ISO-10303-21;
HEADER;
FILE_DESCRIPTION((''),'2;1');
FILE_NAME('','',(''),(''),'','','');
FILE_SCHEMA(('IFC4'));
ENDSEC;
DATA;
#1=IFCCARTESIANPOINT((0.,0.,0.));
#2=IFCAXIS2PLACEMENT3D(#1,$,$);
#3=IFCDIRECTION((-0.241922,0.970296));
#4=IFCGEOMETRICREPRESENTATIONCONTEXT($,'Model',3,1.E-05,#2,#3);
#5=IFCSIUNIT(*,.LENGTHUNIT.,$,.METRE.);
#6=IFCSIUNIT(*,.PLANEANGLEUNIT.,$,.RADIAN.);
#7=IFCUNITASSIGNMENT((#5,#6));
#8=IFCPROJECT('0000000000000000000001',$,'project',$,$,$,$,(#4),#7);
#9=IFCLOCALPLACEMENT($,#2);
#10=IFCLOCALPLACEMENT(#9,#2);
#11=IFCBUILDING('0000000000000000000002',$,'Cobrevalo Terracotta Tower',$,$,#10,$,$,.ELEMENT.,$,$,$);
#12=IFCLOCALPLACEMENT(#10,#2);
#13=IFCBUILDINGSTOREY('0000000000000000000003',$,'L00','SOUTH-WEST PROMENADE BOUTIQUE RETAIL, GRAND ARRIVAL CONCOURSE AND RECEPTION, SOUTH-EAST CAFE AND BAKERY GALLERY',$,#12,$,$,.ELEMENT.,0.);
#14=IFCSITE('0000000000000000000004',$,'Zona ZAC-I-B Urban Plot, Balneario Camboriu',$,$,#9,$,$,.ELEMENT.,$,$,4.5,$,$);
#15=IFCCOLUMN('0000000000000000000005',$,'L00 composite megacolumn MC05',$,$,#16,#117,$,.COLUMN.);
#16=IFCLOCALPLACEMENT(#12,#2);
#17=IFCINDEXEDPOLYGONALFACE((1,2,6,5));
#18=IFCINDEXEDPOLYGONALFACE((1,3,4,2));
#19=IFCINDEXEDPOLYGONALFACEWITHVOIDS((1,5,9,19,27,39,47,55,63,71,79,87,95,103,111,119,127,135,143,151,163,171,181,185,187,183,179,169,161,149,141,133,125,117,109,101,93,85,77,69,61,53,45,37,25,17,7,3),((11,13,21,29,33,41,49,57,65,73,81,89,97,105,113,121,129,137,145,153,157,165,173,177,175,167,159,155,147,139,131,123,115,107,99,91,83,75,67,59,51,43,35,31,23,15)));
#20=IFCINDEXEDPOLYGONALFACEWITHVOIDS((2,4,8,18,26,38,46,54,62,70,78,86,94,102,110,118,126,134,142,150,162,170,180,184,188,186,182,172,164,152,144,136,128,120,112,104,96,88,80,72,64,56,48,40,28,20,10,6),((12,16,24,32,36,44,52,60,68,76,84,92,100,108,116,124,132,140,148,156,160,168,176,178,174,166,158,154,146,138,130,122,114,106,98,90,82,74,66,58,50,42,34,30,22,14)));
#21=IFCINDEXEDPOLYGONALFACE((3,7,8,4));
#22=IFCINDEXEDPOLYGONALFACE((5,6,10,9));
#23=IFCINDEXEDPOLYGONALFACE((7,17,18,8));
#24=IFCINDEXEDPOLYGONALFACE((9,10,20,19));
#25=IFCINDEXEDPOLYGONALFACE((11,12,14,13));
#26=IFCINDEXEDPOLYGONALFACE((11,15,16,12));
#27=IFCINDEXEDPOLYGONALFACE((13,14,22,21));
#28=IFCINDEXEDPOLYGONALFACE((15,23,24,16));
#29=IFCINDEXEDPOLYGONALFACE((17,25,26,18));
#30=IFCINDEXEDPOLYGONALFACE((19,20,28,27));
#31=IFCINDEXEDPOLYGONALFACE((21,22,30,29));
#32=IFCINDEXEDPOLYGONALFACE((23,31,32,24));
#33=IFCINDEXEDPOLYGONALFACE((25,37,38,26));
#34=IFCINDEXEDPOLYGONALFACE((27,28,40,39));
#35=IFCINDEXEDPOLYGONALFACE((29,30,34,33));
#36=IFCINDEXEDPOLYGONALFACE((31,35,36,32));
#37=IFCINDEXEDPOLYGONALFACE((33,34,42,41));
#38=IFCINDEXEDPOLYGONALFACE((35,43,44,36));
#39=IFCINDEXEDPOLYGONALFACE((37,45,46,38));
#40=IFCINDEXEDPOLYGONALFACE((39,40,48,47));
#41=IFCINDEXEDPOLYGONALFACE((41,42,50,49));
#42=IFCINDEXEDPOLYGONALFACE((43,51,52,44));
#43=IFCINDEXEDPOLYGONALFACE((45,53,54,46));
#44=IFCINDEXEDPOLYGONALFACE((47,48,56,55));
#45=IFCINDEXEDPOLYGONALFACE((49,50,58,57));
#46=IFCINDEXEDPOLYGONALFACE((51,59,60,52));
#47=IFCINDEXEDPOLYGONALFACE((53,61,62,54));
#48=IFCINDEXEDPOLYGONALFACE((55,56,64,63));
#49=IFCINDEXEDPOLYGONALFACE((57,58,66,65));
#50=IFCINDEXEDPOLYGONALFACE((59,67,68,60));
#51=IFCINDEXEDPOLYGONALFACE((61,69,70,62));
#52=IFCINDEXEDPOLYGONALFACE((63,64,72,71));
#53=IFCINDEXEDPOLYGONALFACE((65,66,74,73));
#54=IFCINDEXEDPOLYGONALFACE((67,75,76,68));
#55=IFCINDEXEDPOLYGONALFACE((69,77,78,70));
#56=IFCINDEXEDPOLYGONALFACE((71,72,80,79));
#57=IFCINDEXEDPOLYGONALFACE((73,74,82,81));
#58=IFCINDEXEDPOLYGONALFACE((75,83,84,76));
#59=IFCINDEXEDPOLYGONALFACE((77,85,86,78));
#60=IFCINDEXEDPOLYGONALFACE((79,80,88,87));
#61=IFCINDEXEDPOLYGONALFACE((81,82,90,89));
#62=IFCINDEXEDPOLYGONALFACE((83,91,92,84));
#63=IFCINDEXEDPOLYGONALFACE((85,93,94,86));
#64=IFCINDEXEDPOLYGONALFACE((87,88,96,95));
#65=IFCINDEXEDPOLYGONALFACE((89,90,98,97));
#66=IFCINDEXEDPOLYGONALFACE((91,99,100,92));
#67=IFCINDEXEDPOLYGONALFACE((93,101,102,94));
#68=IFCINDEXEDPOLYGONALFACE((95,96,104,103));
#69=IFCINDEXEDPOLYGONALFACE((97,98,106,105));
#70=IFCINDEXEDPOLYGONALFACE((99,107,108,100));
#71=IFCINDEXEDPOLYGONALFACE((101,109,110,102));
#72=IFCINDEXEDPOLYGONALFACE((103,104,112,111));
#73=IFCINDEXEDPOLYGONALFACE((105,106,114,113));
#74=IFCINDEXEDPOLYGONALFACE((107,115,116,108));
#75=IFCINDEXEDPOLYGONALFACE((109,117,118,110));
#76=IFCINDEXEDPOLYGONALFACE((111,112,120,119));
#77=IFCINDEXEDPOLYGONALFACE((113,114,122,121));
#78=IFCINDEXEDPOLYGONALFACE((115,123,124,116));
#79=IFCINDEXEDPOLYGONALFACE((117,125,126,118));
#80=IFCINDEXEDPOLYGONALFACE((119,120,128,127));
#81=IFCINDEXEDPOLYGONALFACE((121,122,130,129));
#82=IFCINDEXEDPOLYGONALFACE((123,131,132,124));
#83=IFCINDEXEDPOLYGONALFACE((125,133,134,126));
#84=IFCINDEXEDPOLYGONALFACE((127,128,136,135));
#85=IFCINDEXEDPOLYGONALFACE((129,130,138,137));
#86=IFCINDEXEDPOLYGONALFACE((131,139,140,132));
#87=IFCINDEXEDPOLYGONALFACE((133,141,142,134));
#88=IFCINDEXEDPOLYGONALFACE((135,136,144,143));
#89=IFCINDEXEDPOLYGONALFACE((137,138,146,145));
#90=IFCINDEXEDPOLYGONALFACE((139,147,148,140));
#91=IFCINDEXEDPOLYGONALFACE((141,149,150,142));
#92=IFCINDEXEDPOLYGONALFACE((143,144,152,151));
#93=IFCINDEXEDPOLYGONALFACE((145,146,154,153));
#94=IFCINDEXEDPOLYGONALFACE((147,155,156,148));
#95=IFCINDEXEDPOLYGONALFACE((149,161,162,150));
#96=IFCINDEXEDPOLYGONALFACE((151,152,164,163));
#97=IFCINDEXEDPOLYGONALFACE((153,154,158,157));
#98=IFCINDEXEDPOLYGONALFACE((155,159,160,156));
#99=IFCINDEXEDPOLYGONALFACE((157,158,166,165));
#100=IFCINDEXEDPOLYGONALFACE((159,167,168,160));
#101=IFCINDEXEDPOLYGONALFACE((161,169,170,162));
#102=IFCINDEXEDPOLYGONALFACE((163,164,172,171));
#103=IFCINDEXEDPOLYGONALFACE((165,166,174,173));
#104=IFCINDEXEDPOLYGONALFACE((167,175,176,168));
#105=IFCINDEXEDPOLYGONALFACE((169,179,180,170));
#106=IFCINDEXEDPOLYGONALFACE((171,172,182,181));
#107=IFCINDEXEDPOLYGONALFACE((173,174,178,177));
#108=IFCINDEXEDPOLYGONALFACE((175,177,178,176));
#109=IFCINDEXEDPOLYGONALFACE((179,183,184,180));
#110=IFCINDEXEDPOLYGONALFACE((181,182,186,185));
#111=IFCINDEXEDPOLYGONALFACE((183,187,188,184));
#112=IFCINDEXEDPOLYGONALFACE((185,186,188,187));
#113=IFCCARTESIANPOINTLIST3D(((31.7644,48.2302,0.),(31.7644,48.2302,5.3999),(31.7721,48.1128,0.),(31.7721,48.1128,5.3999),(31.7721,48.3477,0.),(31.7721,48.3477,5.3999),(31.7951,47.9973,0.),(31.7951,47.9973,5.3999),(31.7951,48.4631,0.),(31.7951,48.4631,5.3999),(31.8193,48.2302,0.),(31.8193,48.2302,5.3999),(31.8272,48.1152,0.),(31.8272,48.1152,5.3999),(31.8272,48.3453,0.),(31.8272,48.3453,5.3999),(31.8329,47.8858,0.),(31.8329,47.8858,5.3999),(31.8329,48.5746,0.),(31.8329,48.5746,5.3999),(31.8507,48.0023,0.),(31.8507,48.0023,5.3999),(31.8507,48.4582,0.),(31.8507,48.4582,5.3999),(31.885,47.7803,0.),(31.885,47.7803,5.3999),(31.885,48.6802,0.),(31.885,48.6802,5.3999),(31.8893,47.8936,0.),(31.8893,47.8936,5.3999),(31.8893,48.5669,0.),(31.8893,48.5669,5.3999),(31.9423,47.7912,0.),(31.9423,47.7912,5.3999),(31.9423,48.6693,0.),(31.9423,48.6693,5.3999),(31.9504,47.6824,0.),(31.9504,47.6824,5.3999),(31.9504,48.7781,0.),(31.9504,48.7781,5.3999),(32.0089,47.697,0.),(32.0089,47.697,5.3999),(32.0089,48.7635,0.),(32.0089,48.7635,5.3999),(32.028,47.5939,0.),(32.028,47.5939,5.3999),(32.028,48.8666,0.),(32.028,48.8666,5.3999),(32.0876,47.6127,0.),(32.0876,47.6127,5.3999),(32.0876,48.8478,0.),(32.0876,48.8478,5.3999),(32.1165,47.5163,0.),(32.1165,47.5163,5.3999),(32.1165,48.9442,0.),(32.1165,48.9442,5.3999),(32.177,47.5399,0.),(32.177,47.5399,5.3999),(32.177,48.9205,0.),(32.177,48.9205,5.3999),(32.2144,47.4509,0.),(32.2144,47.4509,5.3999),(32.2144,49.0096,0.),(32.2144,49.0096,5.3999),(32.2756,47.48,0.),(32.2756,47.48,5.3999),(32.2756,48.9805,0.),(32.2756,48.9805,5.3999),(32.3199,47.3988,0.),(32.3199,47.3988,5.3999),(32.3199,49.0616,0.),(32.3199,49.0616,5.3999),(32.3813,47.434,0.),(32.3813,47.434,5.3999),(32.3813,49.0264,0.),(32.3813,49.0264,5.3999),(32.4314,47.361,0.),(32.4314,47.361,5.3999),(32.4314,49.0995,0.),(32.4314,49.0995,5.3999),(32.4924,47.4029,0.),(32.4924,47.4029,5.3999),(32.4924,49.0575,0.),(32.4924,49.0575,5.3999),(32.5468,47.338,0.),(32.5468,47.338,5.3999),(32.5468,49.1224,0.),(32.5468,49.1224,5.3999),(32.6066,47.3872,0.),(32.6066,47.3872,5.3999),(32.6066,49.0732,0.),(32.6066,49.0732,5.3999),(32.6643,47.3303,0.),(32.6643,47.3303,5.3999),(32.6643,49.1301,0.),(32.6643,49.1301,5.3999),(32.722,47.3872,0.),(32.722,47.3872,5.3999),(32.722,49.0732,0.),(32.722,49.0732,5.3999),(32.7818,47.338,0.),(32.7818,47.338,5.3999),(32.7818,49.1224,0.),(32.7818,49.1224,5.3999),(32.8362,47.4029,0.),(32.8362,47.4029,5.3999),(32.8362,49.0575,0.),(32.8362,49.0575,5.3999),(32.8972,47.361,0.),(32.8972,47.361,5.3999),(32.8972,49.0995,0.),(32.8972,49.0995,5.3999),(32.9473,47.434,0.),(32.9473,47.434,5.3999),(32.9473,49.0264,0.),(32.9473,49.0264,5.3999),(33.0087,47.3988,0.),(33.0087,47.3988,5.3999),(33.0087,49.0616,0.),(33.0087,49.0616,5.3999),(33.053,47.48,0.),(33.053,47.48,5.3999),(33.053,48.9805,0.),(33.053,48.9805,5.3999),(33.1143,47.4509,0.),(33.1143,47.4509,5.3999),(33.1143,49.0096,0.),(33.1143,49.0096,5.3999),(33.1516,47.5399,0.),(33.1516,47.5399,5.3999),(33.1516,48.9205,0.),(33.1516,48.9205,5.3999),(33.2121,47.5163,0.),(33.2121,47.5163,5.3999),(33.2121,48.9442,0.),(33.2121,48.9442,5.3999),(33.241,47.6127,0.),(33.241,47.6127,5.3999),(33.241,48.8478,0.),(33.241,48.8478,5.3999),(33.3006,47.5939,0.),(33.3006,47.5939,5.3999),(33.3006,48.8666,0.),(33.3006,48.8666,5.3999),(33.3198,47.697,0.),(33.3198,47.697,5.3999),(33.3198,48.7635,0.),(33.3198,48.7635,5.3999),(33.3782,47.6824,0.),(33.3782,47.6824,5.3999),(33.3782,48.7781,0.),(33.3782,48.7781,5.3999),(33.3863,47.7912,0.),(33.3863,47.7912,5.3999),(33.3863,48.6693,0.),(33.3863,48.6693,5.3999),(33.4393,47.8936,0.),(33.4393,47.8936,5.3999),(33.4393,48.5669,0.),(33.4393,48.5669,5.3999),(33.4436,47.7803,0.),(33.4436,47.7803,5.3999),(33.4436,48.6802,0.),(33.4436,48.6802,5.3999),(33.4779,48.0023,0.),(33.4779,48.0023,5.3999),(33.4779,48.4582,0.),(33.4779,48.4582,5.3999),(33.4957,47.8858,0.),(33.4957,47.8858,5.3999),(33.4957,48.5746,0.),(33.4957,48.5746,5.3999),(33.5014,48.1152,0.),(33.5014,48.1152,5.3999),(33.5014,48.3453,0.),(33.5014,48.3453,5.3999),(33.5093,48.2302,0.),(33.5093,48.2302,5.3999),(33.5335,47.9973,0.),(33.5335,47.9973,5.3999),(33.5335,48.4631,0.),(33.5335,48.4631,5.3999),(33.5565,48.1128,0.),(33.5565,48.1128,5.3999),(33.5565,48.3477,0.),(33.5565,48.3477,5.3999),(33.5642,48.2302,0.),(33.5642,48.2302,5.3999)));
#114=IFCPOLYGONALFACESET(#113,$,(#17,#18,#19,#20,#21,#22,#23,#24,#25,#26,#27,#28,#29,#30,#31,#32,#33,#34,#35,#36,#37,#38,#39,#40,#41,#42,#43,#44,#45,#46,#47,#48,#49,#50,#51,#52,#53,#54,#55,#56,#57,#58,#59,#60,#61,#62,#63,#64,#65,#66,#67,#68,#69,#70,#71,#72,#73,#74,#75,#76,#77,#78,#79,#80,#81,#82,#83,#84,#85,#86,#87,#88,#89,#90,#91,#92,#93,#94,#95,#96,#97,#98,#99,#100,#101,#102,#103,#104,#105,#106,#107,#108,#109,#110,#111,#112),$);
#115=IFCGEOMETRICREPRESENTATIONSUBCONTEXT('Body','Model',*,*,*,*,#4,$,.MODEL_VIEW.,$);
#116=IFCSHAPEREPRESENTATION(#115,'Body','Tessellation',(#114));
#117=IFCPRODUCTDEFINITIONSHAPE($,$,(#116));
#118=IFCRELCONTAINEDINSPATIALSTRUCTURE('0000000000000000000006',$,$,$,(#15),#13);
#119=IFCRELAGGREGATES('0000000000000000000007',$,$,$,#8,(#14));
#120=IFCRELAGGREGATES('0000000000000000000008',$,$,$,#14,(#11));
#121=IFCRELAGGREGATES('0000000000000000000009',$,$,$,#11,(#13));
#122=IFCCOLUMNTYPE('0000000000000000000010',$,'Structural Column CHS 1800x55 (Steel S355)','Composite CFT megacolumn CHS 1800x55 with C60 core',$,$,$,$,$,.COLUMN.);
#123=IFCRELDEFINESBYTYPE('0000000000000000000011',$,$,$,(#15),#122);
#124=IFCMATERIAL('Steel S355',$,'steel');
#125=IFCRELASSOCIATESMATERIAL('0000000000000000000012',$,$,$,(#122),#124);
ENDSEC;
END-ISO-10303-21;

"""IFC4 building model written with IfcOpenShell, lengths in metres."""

from ifc_helpers import new_model, si_unit, direction, frame, origin, origin_2d, place, context, subcontext, project, spatial, hollow_circle, extrude, material, material_profile, profile_set, type_object, element, save


model = new_model("IFC4")

# Units and contexts
model_context = context("Model", 3, precision=1e-05, world=origin(), true_north=direction((-0.241922, 0.970296)))
body_context = subcontext(model_context, "Body", "Model", "MODEL_VIEW")
ifc_project = project(units=[si_unit("LENGTHUNIT", "METRE"), si_unit("PLANEANGLEUNIT", "RADIAN")], contexts=[model_context])

# Site, building, storey
site_placement = place(None, origin())
site = spatial("IfcSite", under=ifc_project, at=site_placement, Name="Zona ZAC-I-B Urban Plot, Balneario Camboriu", CompositionType="ELEMENT", RefElevation=4.5)
building_placement = place(site_placement, origin())
building = spatial("IfcBuilding", under=site, at=building_placement, Name="Cobrevalo Terracotta Tower", CompositionType="ELEMENT")
storey_placement = place(building_placement, origin())
storey = spatial("IfcBuildingStorey", under=building, at=storey_placement, Name="L00", Description="SOUTH-WEST PROMENADE BOUTIQUE RETAIL, GRAND ARRIVAL CONCOURSE AND RECEPTION, SOUTH-EAST CAFE AND BAKERY GALLERY", CompositionType="ELEMENT", Elevation=0.0)

# Column
ifc_material_1 = material(Name="Steel S355", Category="steel")
ifc_material_profile_1 = material_profile(ifc_material_1, hollow_circle(Radius=0.8999, WallThickness=0.0549, at=origin_2d()), Name="CHS 1800x55")
ifc_profile_set_1 = profile_set([ifc_material_profile_1], Name="Steel S355")
column_type_1 = type_object("IfcColumnType", Name="Structural Column CHS 1800x55 (Steel S355)", Description="Composite CFT megacolumn CHS 1800x55 with C60 core", PredefinedType="COLUMN", material=ifc_profile_set_1)
for number, where, z_axis, x_axis, name in (
    (1, (32.6643, 48.2302, 0.0), (0.0, 0.0, 1.0), (1.0, 0.0, 0.0), "L00 composite megacolumn MC05"),
):
    element("IfcColumn", number, at=place(storey_placement, frame(where, z_axis=z_axis, x_axis=x_axis)), inside=storey, type_object=column_type_1, Name=name, PredefinedType="COLUMN", context=body_context, shape_type="SweptSolid", body=[
        extrude(hollow_circle(Radius=0.8999, WallThickness=0.0549, at=origin_2d()), origin(), (0.0, 0.0, 1.0), 5.3999),
    ])

save(model, "model.ifc")
